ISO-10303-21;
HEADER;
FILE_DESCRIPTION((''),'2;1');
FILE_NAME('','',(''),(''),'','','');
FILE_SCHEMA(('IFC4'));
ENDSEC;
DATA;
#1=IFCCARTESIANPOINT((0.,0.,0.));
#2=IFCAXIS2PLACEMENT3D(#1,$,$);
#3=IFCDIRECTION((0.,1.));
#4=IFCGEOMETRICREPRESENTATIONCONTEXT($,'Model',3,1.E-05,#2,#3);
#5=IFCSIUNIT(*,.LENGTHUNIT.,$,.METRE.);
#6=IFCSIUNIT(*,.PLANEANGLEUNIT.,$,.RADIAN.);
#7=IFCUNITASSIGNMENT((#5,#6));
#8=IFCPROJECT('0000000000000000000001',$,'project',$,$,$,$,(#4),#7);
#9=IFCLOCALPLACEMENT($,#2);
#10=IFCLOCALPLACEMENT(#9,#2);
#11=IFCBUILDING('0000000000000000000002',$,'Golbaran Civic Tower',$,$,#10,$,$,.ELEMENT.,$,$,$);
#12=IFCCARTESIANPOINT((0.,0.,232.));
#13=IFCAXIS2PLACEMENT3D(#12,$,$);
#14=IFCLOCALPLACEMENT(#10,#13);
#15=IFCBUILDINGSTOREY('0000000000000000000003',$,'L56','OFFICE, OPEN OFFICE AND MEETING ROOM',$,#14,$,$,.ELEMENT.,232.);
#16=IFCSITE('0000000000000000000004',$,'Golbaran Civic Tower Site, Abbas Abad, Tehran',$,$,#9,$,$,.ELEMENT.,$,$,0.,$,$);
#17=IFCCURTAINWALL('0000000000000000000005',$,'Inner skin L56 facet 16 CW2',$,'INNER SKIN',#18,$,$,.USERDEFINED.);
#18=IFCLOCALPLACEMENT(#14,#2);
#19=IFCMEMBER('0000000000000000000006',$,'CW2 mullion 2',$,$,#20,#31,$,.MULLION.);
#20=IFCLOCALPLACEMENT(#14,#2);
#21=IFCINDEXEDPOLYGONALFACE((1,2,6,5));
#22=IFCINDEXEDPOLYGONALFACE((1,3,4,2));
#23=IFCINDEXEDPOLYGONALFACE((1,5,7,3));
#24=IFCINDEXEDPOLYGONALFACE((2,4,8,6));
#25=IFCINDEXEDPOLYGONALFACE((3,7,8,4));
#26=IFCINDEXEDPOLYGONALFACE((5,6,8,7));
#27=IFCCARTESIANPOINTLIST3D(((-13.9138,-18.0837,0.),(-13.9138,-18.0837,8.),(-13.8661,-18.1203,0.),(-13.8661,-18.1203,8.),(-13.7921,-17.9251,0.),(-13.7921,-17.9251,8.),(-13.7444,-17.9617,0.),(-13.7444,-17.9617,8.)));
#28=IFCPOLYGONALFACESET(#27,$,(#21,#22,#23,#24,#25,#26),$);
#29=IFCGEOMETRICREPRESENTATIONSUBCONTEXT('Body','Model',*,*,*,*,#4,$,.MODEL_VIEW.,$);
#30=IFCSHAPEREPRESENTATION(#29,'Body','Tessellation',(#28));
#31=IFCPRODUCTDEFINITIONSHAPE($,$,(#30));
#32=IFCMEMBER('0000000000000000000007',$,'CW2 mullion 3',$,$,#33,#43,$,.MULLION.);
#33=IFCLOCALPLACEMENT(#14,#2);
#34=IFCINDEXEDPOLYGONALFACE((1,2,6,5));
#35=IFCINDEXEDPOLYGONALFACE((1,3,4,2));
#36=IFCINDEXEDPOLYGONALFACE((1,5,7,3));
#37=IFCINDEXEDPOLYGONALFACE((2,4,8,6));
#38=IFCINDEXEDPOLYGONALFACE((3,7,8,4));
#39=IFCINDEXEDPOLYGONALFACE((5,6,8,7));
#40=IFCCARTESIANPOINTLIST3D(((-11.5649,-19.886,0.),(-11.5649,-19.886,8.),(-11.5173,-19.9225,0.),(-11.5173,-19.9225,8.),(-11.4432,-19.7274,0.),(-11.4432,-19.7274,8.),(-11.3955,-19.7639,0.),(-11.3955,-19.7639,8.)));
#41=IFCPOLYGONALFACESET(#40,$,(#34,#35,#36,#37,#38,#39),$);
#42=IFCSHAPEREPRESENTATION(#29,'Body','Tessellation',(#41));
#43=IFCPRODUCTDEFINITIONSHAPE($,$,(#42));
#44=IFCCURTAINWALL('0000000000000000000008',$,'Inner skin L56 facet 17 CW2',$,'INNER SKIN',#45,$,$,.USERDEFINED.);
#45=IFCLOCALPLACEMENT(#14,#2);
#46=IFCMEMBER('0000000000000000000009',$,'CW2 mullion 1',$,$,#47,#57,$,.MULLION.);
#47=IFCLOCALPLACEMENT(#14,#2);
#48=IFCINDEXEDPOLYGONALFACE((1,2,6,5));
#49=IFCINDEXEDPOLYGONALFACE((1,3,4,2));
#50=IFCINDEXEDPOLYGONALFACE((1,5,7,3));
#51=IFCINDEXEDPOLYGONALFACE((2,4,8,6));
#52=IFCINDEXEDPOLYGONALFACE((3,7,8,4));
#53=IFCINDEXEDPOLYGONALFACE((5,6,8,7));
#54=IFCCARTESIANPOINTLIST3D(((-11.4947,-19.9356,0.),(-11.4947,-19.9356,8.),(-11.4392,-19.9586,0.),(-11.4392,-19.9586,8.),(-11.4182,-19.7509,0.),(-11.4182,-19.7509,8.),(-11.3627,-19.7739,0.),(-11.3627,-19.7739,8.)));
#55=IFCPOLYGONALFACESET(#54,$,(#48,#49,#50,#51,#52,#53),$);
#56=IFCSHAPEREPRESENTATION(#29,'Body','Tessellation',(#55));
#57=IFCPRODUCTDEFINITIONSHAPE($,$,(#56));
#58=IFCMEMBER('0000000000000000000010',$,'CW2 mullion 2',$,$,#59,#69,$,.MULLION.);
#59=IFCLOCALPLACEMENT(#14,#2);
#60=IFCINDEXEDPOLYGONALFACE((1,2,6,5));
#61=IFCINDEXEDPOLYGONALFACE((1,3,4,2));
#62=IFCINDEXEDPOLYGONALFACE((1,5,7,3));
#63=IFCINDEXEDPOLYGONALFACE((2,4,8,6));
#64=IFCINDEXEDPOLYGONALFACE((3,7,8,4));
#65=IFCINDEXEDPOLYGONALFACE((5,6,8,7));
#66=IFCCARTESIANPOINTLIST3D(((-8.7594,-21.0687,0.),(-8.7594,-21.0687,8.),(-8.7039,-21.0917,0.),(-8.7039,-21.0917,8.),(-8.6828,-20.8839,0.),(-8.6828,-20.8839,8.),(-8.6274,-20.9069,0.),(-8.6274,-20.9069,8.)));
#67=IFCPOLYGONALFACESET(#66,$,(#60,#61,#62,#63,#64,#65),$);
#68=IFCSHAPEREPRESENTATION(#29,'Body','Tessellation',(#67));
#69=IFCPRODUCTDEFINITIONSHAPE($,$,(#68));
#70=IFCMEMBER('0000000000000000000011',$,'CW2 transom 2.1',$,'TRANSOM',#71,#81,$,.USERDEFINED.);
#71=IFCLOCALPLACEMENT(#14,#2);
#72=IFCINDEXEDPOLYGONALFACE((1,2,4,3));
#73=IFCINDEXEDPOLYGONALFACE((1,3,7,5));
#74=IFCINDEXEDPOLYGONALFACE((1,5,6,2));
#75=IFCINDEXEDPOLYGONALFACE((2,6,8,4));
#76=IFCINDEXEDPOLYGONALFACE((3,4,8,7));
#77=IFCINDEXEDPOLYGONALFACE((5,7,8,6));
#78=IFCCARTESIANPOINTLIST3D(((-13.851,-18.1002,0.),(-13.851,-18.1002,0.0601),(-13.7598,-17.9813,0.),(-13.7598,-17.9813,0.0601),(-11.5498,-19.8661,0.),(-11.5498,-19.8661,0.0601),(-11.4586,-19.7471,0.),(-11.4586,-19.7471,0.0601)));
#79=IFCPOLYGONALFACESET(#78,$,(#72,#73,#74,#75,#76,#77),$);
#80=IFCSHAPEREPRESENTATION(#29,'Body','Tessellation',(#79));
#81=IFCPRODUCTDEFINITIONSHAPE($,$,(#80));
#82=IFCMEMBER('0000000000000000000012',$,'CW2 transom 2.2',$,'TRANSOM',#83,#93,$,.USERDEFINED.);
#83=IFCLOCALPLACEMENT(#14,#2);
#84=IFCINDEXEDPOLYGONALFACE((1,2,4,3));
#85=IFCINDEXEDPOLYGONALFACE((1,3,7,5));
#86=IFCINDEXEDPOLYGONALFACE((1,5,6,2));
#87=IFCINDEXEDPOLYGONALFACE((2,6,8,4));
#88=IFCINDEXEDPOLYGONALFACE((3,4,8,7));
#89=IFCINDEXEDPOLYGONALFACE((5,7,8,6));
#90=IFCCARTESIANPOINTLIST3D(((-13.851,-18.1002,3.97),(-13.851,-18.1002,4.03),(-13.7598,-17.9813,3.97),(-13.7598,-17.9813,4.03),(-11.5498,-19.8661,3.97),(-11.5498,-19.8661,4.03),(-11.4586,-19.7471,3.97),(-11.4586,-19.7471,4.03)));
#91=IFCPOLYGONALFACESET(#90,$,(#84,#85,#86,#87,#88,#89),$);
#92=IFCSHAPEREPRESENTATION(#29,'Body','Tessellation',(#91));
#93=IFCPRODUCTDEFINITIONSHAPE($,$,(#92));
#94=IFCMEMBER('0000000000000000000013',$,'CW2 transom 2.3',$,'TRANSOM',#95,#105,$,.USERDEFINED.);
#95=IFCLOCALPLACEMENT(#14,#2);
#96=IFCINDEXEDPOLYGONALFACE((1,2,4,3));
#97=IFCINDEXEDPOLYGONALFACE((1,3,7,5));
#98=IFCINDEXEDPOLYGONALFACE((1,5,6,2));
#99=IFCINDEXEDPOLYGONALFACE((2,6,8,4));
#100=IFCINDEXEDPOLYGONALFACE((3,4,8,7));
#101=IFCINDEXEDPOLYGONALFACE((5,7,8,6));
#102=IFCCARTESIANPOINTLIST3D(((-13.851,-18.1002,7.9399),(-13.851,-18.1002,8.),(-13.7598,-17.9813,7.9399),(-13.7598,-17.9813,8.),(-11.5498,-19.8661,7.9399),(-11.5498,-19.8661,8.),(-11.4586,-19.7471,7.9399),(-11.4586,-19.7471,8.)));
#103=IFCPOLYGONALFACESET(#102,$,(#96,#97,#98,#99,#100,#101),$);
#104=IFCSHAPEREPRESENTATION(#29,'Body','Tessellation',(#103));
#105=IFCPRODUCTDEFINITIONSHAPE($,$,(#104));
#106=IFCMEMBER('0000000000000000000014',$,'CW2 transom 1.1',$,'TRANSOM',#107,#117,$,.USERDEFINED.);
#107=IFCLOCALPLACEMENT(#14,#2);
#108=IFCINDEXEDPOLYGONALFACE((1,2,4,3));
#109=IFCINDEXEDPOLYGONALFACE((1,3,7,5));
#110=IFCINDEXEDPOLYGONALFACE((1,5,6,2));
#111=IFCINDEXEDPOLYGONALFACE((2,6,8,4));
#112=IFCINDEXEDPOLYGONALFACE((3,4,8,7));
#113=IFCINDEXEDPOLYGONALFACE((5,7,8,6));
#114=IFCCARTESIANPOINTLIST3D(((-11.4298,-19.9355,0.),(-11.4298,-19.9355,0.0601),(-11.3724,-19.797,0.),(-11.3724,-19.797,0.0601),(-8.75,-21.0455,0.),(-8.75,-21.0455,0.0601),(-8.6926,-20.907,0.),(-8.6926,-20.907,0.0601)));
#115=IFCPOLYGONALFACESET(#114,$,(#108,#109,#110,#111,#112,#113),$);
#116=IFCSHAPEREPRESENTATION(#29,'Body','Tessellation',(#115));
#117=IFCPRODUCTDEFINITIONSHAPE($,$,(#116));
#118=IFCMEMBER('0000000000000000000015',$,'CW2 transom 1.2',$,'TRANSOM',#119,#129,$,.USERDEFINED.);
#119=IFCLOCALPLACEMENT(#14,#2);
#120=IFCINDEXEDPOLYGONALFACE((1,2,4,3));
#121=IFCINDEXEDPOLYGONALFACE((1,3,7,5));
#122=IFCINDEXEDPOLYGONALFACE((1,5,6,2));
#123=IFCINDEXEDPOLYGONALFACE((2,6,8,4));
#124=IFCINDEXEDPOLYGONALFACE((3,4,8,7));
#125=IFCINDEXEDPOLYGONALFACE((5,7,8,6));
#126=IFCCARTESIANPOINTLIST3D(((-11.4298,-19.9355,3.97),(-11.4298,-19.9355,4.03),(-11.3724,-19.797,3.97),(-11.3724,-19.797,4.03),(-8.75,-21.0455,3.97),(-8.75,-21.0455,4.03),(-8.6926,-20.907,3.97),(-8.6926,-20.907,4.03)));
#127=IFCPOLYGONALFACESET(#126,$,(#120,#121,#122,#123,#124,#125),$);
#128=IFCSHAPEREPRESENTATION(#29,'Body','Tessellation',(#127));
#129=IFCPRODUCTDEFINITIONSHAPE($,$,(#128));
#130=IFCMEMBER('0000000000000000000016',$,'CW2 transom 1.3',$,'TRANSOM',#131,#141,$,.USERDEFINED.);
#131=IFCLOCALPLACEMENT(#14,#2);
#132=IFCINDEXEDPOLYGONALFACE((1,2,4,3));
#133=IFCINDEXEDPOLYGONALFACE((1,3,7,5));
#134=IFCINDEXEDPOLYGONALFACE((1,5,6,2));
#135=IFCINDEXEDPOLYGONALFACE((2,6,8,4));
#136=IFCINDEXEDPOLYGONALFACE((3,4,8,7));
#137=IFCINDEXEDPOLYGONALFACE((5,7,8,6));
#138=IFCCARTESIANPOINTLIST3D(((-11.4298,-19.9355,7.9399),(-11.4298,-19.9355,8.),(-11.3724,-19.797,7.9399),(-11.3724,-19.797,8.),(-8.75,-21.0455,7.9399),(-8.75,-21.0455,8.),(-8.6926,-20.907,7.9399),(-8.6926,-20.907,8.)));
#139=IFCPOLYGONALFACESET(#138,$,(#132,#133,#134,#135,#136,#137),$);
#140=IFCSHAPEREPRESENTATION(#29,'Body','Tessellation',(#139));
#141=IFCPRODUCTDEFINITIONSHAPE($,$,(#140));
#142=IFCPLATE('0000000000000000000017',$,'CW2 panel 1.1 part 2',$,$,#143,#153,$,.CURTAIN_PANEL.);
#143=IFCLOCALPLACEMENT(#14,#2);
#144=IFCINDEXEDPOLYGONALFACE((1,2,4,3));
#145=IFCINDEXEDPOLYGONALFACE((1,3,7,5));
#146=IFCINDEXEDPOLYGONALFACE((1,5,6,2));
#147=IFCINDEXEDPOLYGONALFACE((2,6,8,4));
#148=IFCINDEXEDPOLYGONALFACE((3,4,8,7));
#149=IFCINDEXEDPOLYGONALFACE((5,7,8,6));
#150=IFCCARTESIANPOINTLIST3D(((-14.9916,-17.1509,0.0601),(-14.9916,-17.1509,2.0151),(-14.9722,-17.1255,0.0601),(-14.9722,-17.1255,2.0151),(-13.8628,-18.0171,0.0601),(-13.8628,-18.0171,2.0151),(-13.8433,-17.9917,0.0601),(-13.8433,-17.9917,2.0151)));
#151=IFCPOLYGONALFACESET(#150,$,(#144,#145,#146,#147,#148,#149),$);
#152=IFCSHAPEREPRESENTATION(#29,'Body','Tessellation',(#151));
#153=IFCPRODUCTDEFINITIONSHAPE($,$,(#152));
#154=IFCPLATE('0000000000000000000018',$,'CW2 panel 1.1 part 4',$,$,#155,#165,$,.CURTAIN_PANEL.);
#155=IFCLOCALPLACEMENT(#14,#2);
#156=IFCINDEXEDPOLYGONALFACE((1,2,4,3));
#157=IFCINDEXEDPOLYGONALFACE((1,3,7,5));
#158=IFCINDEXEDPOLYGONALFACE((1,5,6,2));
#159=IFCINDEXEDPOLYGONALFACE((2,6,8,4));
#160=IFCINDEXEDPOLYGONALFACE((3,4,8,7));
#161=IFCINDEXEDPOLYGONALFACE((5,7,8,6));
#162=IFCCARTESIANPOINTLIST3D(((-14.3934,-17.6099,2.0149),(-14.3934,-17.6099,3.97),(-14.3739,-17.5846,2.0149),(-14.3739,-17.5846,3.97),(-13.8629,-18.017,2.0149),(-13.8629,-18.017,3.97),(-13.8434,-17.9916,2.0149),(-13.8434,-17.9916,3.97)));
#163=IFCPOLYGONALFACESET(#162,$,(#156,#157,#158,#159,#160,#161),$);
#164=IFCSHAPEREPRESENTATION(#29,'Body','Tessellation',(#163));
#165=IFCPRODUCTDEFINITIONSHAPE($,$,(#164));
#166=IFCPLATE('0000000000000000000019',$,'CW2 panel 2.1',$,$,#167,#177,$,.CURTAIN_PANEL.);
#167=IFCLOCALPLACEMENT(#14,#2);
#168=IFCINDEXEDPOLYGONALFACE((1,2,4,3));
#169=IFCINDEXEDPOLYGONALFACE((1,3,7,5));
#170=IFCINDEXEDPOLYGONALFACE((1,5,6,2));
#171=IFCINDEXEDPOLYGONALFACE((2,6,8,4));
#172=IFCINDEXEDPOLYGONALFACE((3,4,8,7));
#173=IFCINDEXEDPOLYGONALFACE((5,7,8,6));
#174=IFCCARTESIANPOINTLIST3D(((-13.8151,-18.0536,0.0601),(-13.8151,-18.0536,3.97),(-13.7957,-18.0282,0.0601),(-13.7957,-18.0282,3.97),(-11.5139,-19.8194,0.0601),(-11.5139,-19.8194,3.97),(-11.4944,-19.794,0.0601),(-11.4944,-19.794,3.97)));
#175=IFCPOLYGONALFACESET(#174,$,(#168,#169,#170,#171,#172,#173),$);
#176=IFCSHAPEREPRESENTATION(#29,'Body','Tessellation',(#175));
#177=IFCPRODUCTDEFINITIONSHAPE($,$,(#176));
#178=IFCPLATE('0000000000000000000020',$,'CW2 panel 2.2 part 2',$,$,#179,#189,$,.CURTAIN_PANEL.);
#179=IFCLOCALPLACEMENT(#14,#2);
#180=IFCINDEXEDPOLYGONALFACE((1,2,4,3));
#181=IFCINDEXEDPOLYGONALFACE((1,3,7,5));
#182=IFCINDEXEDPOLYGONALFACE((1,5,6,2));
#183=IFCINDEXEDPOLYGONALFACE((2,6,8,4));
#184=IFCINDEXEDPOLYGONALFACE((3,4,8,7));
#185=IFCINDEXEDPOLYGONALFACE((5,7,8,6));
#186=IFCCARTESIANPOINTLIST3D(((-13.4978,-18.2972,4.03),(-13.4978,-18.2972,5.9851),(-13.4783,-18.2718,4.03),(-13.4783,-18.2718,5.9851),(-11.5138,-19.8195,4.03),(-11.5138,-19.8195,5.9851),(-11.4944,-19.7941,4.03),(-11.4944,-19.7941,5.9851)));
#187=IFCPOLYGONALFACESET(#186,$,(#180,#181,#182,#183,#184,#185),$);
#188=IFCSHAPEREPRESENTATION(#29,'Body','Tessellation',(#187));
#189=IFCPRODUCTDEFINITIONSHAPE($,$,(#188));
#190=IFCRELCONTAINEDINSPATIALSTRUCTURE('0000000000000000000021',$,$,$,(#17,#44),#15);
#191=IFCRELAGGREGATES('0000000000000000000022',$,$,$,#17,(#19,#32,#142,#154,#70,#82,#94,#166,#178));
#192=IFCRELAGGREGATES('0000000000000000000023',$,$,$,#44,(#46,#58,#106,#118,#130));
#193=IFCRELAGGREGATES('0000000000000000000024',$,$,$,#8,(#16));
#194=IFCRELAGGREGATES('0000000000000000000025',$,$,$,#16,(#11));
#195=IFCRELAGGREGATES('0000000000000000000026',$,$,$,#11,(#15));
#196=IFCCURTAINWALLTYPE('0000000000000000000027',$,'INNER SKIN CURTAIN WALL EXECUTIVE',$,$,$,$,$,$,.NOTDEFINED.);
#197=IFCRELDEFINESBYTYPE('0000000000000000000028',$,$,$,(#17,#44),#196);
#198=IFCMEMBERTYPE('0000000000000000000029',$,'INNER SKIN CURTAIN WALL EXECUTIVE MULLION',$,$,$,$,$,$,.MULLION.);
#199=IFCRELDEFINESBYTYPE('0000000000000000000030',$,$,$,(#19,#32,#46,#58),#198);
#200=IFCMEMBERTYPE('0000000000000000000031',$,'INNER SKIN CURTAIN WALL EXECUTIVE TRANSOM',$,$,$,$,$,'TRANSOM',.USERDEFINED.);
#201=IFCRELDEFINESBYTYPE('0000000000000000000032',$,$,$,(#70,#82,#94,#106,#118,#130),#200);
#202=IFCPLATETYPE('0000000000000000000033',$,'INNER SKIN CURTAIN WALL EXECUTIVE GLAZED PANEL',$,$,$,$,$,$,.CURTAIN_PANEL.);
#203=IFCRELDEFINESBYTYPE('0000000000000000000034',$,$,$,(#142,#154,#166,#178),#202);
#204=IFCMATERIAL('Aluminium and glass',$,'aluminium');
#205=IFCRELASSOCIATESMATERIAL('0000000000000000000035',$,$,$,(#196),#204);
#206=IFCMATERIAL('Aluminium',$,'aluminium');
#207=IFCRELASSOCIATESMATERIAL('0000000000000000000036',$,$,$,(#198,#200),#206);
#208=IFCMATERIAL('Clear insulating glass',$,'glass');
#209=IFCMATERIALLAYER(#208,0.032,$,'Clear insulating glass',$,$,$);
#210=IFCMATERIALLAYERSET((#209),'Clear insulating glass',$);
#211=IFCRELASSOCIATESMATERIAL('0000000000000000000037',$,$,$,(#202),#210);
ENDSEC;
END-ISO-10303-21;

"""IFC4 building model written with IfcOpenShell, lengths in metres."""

from ifc_helpers import new_model, si_unit, direction, frame, origin, origin_2d, place, context, subcontext, project, spatial, rectangle, extrude, material, layer, layer_set, material_profile, profile_set, type_object, element, aggregate, save


model = new_model("IFC4")

# Units and contexts
model_context = context("Model", 3, precision=1e-05, world=origin(), true_north=direction((0.0, 1.0)))
body_context = subcontext(model_context, "Body", "Model", "MODEL_VIEW")
ifc_project = project(units=[si_unit("LENGTHUNIT", "METRE"), si_unit("PLANEANGLEUNIT", "RADIAN")], contexts=[model_context])

# Site, building, storey
site_placement = place(None, origin())
site = spatial("IfcSite", under=ifc_project, at=site_placement, Name="Golbaran Civic Tower Site, Abbas Abad, Tehran", CompositionType="ELEMENT", RefElevation=0.0)
building_placement = place(site_placement, origin())
building = spatial("IfcBuilding", under=site, at=building_placement, Name="Golbaran Civic Tower", CompositionType="ELEMENT")
storey_placement = place(building_placement, frame((0.0, 0.0, 232.0)))
storey = spatial("IfcBuildingStorey", under=building, at=storey_placement, Name="L56", Description="OFFICE, OPEN OFFICE AND MEETING ROOM", CompositionType="ELEMENT", Elevation=232.0)

# Curtain walls, members
ifc_material_1 = material(Name="Aluminium and glass", Category="aluminium")
curtain_wall_type_1 = type_object("IfcCurtainWallType", Name="INNER SKIN CURTAIN WALL EXECUTIVE", PredefinedType="NOTDEFINED", material=ifc_material_1)
curtain_wall_1_placement = place(storey_placement, origin())
curtain_wall_1 = element("IfcCurtainWall", 1, at=curtain_wall_1_placement, inside=storey, type_object=curtain_wall_type_1, Name="Inner skin L56 facet 16 CW2", ObjectType="INNER SKIN", PredefinedType="USERDEFINED")
ifc_material_2 = material(Name="Aluminium", Category="aluminium")
ifc_material_profile_1 = material_profile(ifc_material_2, rectangle(XDim=0.2, YDim=0.0601, at=origin_2d()), Name="INNER SKIN CURTAIN WALL EXECUTIVE MULLION")
ifc_profile_set_1 = profile_set([ifc_material_profile_1], Name="Aluminium")
member_type_1 = type_object("IfcMemberType", Name="INNER SKIN CURTAIN WALL EXECUTIVE MULLION", PredefinedType="MULLION", material=ifc_profile_set_1)
member_1_placement = place(storey_placement, frame((-13.8291, -18.0227, 0.0), z_axis=(0.0, 0.0, 1.0), x_axis=(0.608761, 0.793353, 0.0)))
member_1 = element("IfcMember", 2, at=member_1_placement, type_object=member_type_1, Name="CW2 mullion 2", PredefinedType="MULLION", context=body_context, shape_type="SweptSolid", body=[
    extrude(rectangle(XDim=0.2, YDim=0.0601, at=origin_2d()), origin(), (0.0, 0.0, 1.0), 8.0),
])
member_2_placement = place(storey_placement, frame((-11.4802, -19.825, 0.0), z_axis=(0.0, 0.0, 1.0), x_axis=(0.608761, 0.793353, 0.0)))
member_2 = element("IfcMember", 3, at=member_2_placement, type_object=member_type_1, Name="CW2 mullion 3", PredefinedType="MULLION", context=body_context, shape_type="SweptSolid", body=[
    extrude(rectangle(XDim=0.2, YDim=0.0601, at=origin_2d()), origin(), (0.0, 0.0, 1.0), 8.0),
])
curtain_wall_2_placement = place(storey_placement, origin())
curtain_wall_2 = element("IfcCurtainWall", 4, at=curtain_wall_2_placement, inside=storey, type_object=curtain_wall_type_1, Name="Inner skin L56 facet 17 CW2", ObjectType="INNER SKIN", PredefinedType="USERDEFINED")
member_3_placement = place(storey_placement, frame((-11.4287, -19.8547, 0.0), z_axis=(0.0, 0.0, 1.0), x_axis=(0.382683, 0.92388, 0.0)))
member_3 = element("IfcMember", 5, at=member_3_placement, type_object=member_type_1, Name="CW2 mullion 1", PredefinedType="MULLION", context=body_context, shape_type="SweptSolid", body=[
    extrude(rectangle(XDim=0.2, YDim=0.0601, at=origin_2d()), origin(), (0.0, 0.0, 1.0), 8.0),
])
member_4_placement = place(storey_placement, frame((-8.6934, -20.9878, 0.0), z_axis=(0.0, 0.0, 1.0), x_axis=(0.382683, 0.92388, 0.0)))
member_4 = element("IfcMember", 6, at=member_4_placement, type_object=member_type_1, Name="CW2 mullion 2", PredefinedType="MULLION", context=body_context, shape_type="SweptSolid", body=[
    extrude(rectangle(XDim=0.2, YDim=0.0601, at=origin_2d()), origin(), (0.0, 0.0, 1.0), 8.0),
])

# Members
ifc_material_profile_2 = material_profile(ifc_material_2, rectangle(XDim=0.1499, YDim=0.0601, at=origin_2d()), Name="INNER SKIN CURTAIN WALL EXECUTIVE TRANSOM")
ifc_profile_set_2 = profile_set([ifc_material_profile_2], Name="Aluminium")
member_type_2 = type_object("IfcMemberType", Name="INNER SKIN CURTAIN WALL EXECUTIVE TRANSOM", ElementType="TRANSOM", PredefinedType="USERDEFINED", material=ifc_profile_set_2)
member_5_placement = place(storey_placement, frame((-13.8054, -18.0408, 0.03), z_axis=(0.793346, -0.608771, 0.0), x_axis=(0.608771, 0.793346, 0.0)))
member_5 = element("IfcMember", 7, at=member_5_placement, type_object=member_type_2, Name="CW2 transom 2.1", ObjectType="TRANSOM", PredefinedType="USERDEFINED", context=body_context, shape_type="SweptSolid", body=[
    extrude(rectangle(XDim=0.1499, YDim=0.0601, at=origin_2d()), origin(), (0.0, 0.0, 1.0), 2.9006),
])
member_6_placement = place(storey_placement, frame((-13.8054, -18.0408, 4.0), z_axis=(0.793346, -0.608771, 0.0), x_axis=(0.608771, 0.793346, 0.0)))
member_6 = element("IfcMember", 8, at=member_6_placement, type_object=member_type_2, Name="CW2 transom 2.2", ObjectType="TRANSOM", PredefinedType="USERDEFINED", context=body_context, shape_type="SweptSolid", body=[
    extrude(rectangle(XDim=0.1499, YDim=0.0601, at=origin_2d()), origin(), (0.0, 0.0, 1.0), 2.9006),
])
member_7_placement = place(storey_placement, frame((-13.8054, -18.0408, 7.97), z_axis=(0.793346, -0.608771, 0.0), x_axis=(0.608771, 0.793346, 0.0)))
member_7 = element("IfcMember", 9, at=member_7_placement, type_object=member_type_2, Name="CW2 transom 2.3", ObjectType="TRANSOM", PredefinedType="USERDEFINED", context=body_context, shape_type="SweptSolid", body=[
    extrude(rectangle(XDim=0.1499, YDim=0.0601, at=origin_2d()), origin(), (0.0, 0.0, 1.0), 2.9006),
])
member_8_placement = place(storey_placement, frame((-11.4011, -19.8662, 0.03), z_axis=(0.923874, -0.382696, 0.0), x_axis=(0.382696, 0.923874, 0.0)))
member_8 = element("IfcMember", 10, at=member_8_placement, type_object=member_type_2, Name="CW2 transom 1.1", ObjectType="TRANSOM", PredefinedType="USERDEFINED", context=body_context, shape_type="SweptSolid", body=[
    extrude(rectangle(XDim=0.1499, YDim=0.0601, at=origin_2d()), origin(), (0.0, 0.0, 1.0), 2.9006),
])
member_9_placement = place(storey_placement, frame((-11.4011, -19.8662, 4.0), z_axis=(0.923874, -0.382696, 0.0), x_axis=(0.382696, 0.923874, 0.0)))
member_9 = element("IfcMember", 11, at=member_9_placement, type_object=member_type_2, Name="CW2 transom 1.2", ObjectType="TRANSOM", PredefinedType="USERDEFINED", context=body_context, shape_type="SweptSolid", body=[
    extrude(rectangle(XDim=0.1499, YDim=0.0601, at=origin_2d()), origin(), (0.0, 0.0, 1.0), 2.9006),
])
member_10_placement = place(storey_placement, frame((-11.4011, -19.8662, 7.97), z_axis=(0.923874, -0.382696, 0.0), x_axis=(0.382696, 0.923874, 0.0)))
member_10 = element("IfcMember", 12, at=member_10_placement, type_object=member_type_2, Name="CW2 transom 1.3", ObjectType="TRANSOM", PredefinedType="USERDEFINED", context=body_context, shape_type="SweptSolid", body=[
    extrude(rectangle(XDim=0.1499, YDim=0.0601, at=origin_2d()), origin(), (0.0, 0.0, 1.0), 2.9006),
])

# Plates
ifc_material_3 = material(Name="Clear insulating glass", Category="glass")
ifc_layer_1 = layer(ifc_material_3, 0.032, Name="Clear insulating glass")
ifc_layer_set_1 = layer_set([ifc_layer_1], Name="Clear insulating glass")
plate_type_1 = type_object("IfcPlateType", Name="INNER SKIN CURTAIN WALL EXECUTIVE GLAZED PANEL", PredefinedType="CURTAIN_PANEL", material=ifc_layer_set_1)
plate_1_placement = place(storey_placement, frame((-14.4175, -17.5713, 0.0601), z_axis=(0.0, 0.0, 1.0), x_axis=(0.793353, -0.608761, 0.0)))
plate_1 = element("IfcPlate", 13, at=plate_1_placement, type_object=plate_type_1, Name="CW2 panel 1.1 part 2", PredefinedType="CURTAIN_PANEL", context=body_context, shape_type="SweptSolid", body=[
    extrude(rectangle(XDim=1.4229, YDim=0.032, at=origin_2d()), origin(), (0.0, 0.0, 1.0), 1.9551),
])
plate_2_placement = place(storey_placement, frame((-14.1184, -17.8008, 2.0149), z_axis=(0.0, 0.0, 1.0), x_axis=(0.793353, -0.608761, 0.0)))
plate_2 = element("IfcPlate", 14, at=plate_2_placement, type_object=plate_type_1, Name="CW2 panel 1.1 part 4", PredefinedType="CURTAIN_PANEL", context=body_context, shape_type="SweptSolid", body=[
    extrude(rectangle(XDim=0.6687, YDim=0.032, at=origin_2d()), origin(), (0.0, 0.0, 1.0), 1.9551),
])
plate_3_placement = place(storey_placement, frame((-12.6548, -18.9238, 0.0601), z_axis=(0.0, 0.0, 1.0), x_axis=(0.793353, -0.608761, 0.0)))
plate_3 = element("IfcPlate", 15, at=plate_3_placement, type_object=plate_type_1, Name="CW2 panel 2.1", PredefinedType="CURTAIN_PANEL", context=body_context, shape_type="SweptSolid", body=[
    extrude(rectangle(XDim=2.9006, YDim=0.032, at=origin_2d()), origin(), (0.0, 0.0, 1.0), 3.9099),
])
plate_4_placement = place(storey_placement, frame((-12.4961, -19.0457, 4.03), z_axis=(0.0, 0.0, 1.0), x_axis=(0.793353, -0.608761, 0.0)))
plate_4 = element("IfcPlate", 16, at=plate_4_placement, type_object=plate_type_1, Name="CW2 panel 2.2 part 2", PredefinedType="CURTAIN_PANEL", context=body_context, shape_type="SweptSolid", body=[
    extrude(rectangle(XDim=2.5007, YDim=0.032, at=origin_2d()), origin(), (0.0, 0.0, 1.0), 1.9551),
])
aggregate(curtain_wall_1, [member_1, member_2, plate_1, plate_2, member_5, member_6, member_7, plate_3, plate_4])
aggregate(curtain_wall_2, [member_3, member_4, member_8, member_9, member_10])

save(model, "model.ifc")
